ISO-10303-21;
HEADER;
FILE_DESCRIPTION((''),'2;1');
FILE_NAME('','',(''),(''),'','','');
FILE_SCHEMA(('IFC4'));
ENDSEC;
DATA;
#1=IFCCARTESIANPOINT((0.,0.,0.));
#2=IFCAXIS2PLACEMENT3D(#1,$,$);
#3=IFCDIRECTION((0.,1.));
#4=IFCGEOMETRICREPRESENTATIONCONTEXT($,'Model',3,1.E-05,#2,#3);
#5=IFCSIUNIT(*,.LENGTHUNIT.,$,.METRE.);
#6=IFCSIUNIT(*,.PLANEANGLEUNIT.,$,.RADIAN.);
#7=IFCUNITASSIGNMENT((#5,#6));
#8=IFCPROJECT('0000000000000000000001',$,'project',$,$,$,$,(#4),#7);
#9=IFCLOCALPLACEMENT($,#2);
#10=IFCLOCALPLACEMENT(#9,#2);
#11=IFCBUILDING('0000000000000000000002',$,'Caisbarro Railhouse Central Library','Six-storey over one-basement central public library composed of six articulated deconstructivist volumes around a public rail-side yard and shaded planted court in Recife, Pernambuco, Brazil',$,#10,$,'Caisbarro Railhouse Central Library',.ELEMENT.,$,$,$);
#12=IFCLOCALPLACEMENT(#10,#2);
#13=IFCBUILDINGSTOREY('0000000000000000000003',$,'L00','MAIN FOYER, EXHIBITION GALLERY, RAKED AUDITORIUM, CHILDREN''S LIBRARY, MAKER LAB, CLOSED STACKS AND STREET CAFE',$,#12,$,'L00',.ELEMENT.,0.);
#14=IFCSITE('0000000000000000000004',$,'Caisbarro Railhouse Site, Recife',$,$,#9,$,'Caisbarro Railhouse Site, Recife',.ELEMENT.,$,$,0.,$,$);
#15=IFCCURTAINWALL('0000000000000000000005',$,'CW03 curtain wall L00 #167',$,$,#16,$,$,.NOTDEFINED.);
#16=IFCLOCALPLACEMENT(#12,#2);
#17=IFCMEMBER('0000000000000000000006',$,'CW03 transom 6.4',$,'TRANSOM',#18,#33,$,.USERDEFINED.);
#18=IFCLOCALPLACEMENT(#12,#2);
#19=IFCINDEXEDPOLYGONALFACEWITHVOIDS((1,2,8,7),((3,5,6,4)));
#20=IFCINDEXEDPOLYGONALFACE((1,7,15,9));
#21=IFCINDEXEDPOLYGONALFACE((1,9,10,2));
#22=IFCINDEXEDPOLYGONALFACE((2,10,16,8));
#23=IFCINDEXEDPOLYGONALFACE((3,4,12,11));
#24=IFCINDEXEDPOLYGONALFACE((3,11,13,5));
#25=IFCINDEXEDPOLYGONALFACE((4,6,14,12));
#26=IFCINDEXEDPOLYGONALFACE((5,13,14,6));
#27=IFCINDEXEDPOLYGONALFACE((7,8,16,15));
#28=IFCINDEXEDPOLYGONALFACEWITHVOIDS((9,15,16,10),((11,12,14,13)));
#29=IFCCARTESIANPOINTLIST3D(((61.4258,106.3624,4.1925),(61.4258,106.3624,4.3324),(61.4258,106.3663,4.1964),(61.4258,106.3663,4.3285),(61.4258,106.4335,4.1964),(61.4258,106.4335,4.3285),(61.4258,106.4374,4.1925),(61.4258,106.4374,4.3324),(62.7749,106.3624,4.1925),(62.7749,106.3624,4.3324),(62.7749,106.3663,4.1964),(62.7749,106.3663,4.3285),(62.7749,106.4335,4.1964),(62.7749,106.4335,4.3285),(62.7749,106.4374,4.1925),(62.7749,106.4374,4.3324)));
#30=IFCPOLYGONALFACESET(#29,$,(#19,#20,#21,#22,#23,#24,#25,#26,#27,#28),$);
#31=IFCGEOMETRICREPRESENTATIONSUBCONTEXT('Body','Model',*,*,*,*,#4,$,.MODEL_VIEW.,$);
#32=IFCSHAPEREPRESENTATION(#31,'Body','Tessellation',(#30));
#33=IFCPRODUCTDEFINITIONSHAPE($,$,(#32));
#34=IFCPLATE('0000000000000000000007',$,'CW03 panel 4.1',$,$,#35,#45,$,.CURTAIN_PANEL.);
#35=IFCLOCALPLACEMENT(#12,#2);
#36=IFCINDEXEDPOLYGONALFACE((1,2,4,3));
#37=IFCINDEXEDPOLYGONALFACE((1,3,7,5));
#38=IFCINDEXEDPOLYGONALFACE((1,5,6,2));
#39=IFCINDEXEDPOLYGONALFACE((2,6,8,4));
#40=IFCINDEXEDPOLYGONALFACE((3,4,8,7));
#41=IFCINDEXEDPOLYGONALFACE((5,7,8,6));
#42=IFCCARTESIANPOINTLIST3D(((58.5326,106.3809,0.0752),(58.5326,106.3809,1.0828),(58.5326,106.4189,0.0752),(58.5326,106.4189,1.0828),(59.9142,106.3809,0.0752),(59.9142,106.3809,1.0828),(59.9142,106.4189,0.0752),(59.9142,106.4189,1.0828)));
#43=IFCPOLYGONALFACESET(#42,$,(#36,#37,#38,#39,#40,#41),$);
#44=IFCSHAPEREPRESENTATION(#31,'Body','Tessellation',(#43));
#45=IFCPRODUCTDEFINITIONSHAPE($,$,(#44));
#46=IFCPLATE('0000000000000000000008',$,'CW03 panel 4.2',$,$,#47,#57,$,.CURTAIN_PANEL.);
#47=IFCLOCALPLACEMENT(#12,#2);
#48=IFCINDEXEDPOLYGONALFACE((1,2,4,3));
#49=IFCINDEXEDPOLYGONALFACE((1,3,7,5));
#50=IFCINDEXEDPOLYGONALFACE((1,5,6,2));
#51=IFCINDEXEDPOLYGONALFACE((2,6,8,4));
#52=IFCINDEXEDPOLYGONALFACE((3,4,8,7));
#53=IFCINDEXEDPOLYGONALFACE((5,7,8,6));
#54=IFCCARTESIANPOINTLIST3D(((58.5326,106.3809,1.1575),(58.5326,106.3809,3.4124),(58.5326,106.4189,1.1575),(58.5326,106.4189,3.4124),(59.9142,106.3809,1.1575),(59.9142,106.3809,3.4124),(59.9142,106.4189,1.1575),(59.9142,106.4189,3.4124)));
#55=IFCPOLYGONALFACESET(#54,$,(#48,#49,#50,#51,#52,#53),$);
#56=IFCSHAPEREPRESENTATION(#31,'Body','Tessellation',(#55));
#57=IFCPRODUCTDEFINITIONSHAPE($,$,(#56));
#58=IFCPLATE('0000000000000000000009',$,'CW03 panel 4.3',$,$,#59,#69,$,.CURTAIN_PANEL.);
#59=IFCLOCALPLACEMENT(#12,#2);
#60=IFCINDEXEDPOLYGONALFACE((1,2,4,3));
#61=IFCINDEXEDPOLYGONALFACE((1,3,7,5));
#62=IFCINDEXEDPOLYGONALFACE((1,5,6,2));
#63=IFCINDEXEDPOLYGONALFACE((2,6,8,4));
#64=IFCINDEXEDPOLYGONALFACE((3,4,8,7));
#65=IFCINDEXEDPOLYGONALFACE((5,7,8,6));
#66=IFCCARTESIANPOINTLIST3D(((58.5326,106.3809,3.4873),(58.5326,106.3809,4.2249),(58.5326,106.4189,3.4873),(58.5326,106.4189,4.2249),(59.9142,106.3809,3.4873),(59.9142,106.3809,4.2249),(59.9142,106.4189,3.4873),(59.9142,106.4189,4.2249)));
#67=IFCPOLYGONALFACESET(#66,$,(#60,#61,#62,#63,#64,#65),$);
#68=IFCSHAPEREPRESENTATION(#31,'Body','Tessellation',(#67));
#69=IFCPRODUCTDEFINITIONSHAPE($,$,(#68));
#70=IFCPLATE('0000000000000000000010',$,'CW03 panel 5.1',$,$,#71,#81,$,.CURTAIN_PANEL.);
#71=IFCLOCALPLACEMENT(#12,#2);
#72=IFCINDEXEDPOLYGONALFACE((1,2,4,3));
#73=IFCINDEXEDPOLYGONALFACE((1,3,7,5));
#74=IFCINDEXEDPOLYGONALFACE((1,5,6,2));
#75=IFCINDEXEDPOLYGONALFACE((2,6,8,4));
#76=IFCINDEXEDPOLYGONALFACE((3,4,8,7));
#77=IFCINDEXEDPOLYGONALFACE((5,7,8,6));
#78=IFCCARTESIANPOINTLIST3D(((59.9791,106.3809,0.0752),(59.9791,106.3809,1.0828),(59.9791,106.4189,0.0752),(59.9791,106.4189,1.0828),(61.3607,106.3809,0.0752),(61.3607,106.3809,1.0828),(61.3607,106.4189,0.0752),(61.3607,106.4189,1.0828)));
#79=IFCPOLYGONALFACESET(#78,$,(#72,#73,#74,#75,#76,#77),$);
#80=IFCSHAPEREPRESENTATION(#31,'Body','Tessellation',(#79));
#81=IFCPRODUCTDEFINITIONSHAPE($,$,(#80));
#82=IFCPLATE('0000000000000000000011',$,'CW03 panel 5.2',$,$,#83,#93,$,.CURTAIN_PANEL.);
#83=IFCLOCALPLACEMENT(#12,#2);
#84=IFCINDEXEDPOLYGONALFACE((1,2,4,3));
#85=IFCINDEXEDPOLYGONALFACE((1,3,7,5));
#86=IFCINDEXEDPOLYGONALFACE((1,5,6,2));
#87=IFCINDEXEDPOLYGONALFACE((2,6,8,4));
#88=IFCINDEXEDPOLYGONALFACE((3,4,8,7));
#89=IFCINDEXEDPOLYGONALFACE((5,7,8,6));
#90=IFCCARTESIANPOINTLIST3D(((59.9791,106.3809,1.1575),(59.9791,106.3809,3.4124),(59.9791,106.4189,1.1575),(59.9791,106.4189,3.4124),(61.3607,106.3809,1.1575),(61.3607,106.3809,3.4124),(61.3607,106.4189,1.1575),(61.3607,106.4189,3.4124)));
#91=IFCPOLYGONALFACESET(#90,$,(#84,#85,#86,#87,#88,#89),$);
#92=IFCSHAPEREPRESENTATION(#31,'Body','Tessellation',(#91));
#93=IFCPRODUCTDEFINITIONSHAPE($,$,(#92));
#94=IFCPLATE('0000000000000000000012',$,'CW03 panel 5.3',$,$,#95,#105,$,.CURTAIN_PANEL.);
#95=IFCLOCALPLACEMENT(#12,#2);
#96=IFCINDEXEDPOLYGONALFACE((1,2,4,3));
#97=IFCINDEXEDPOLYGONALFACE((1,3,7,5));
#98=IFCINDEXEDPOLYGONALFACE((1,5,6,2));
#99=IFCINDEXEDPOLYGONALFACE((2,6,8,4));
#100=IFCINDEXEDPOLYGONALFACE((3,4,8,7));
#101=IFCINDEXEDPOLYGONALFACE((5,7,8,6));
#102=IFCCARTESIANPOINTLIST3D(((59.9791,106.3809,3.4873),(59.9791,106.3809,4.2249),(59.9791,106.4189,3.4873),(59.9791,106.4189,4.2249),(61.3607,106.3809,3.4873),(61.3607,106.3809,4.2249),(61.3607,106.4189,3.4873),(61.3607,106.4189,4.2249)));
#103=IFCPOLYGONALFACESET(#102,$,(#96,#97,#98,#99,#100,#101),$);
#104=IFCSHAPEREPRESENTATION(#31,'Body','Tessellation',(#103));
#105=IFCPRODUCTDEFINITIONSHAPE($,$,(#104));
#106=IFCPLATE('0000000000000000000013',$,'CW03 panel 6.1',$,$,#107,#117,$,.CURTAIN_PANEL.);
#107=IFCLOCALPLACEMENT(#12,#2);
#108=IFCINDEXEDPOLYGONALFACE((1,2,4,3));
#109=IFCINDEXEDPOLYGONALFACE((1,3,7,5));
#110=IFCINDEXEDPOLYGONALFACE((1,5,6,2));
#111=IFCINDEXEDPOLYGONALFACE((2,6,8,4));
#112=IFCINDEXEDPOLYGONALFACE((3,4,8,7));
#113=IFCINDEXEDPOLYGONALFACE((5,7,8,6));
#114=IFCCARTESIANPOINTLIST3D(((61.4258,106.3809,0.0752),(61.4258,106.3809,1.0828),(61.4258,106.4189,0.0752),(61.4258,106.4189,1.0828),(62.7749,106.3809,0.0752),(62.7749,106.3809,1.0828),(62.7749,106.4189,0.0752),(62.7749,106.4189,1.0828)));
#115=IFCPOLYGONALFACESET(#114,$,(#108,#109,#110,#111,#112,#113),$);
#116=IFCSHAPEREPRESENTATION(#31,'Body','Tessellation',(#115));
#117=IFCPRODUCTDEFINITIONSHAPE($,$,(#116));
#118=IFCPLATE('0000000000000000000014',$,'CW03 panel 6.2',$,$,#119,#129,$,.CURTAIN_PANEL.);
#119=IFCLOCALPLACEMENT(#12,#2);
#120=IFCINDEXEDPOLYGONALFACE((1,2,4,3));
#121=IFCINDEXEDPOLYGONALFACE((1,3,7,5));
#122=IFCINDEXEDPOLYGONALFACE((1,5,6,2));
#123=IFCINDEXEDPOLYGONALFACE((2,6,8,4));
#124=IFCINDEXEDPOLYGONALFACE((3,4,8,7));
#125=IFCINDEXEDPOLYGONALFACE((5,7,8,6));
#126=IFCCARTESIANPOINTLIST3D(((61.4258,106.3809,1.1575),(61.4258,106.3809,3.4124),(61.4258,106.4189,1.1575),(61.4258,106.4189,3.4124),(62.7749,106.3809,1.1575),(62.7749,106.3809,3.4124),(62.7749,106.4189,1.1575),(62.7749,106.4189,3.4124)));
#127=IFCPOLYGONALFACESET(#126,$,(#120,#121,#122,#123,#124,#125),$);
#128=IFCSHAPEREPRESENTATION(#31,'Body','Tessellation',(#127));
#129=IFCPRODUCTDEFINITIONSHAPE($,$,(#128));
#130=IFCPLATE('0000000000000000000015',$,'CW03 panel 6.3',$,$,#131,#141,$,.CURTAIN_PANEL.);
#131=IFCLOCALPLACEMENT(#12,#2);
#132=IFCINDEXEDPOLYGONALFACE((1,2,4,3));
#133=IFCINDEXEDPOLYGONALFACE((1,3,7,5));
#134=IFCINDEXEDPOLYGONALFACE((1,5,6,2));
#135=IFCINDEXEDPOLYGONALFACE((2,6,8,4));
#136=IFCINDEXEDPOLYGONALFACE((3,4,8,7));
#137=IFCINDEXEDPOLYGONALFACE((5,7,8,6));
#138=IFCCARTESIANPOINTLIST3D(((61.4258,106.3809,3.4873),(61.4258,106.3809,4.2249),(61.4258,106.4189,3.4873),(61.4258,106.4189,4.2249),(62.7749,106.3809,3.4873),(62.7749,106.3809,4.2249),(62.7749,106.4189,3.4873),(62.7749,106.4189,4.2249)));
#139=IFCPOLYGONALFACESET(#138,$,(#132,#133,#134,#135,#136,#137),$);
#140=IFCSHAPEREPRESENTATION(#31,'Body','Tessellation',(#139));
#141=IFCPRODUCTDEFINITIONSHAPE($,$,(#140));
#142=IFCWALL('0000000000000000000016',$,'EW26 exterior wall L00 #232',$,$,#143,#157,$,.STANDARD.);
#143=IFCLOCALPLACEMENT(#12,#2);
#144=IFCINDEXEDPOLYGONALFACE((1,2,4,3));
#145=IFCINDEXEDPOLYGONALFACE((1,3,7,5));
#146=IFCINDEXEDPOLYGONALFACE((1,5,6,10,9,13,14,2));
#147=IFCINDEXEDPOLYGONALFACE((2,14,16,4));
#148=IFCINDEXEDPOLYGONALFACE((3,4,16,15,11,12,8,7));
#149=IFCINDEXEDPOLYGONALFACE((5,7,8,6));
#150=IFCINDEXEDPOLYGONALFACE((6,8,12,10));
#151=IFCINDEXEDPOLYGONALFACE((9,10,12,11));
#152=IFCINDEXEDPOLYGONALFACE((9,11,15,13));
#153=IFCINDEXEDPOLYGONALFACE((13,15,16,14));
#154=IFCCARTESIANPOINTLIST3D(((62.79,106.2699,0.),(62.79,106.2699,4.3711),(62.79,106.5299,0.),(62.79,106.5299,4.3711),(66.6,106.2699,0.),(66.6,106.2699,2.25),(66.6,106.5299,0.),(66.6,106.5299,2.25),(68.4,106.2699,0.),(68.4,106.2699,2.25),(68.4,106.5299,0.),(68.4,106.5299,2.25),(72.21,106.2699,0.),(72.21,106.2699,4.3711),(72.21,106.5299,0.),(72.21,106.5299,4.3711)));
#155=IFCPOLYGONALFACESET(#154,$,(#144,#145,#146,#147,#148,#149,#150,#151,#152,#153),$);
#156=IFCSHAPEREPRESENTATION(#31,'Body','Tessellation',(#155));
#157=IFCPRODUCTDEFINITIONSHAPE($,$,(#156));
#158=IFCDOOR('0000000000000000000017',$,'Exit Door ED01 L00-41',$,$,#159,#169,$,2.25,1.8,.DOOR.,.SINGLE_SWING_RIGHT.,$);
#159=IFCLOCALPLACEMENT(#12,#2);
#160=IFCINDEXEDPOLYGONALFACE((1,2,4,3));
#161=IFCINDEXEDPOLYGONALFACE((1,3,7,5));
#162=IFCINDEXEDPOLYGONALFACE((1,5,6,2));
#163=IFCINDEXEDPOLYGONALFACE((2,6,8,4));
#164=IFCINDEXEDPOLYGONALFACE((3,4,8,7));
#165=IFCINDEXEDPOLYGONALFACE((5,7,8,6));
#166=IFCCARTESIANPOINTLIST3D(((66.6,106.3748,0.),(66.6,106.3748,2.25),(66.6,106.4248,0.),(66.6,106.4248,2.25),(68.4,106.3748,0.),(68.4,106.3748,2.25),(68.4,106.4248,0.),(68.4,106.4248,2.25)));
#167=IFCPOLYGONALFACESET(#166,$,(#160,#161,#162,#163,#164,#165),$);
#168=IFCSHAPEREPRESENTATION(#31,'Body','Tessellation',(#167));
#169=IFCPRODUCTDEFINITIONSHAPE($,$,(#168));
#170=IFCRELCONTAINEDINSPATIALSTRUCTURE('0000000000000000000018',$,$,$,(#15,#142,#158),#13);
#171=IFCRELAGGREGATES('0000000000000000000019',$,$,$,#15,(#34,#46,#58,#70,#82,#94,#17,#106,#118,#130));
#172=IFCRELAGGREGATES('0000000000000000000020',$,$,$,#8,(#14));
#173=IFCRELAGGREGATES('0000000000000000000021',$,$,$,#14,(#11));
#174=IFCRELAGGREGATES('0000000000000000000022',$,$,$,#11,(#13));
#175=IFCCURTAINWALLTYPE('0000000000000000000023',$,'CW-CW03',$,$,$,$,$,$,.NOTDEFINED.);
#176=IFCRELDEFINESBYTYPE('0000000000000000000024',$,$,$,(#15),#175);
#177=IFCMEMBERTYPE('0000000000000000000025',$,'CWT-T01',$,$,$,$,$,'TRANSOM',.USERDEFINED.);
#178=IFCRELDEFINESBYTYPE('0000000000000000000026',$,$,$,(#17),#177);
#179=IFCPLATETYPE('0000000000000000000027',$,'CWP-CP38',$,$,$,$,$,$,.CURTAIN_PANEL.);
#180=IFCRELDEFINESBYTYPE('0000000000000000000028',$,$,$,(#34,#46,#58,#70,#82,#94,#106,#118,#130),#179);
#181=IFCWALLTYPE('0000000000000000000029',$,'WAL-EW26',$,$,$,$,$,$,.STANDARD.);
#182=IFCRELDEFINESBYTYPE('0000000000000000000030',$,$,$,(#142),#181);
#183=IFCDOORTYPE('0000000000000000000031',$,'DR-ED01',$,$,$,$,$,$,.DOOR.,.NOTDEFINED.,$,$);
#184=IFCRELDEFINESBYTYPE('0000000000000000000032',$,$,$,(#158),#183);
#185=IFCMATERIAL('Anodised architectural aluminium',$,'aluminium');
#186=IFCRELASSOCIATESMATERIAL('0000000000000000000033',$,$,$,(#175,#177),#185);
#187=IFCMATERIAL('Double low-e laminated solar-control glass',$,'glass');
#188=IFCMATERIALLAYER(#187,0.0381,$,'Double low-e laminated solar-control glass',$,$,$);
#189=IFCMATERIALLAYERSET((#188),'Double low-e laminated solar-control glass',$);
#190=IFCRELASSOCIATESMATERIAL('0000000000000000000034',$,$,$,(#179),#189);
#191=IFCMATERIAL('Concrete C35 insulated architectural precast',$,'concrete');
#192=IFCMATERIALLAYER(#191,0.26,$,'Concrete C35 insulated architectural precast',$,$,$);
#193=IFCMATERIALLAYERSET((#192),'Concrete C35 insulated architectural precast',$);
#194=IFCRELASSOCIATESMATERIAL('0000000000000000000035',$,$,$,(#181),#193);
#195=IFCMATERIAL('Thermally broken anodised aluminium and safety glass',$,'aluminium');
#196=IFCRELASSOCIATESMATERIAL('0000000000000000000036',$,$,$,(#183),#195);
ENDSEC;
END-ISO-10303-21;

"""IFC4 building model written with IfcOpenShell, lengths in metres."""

from ifc_helpers import new_model, si_unit, direction, frame, frame_2d, origin, origin_2d, place, context, subcontext, project, spatial, rectangle, hollow_rectangle, extrude, material, layer, layer_set, material_profile, profile_set, type_object, element, fill, aggregate, save


model = new_model("IFC4")

# Units and contexts
model_context = context("Model", 3, precision=1e-05, world=origin(), true_north=direction((0.0, 1.0)))
body_context = subcontext(model_context, "Body", "Model", "MODEL_VIEW")
ifc_project = project(units=[si_unit("LENGTHUNIT", "METRE"), si_unit("PLANEANGLEUNIT", "RADIAN")], contexts=[model_context])

# Site, building, storey
site_placement = place(None, origin())
site = spatial("IfcSite", under=ifc_project, at=site_placement, Name="Caisbarro Railhouse Site, Recife", LongName="Caisbarro Railhouse Site, Recife", CompositionType="ELEMENT", RefElevation=0.0)
building_placement = place(site_placement, origin())
building = spatial("IfcBuilding", under=site, at=building_placement, Name="Caisbarro Railhouse Central Library", Description="Six-storey over one-basement central public library composed of six articulated deconstructivist volumes around a public rail-side yard and shaded planted court in Recife, Pernambuco, Brazil", LongName="Caisbarro Railhouse Central Library", CompositionType="ELEMENT")
storey_placement = place(building_placement, origin())
storey = spatial("IfcBuildingStorey", under=building, at=storey_placement, Name="L00", Description="MAIN FOYER, EXHIBITION GALLERY, RAKED AUDITORIUM, CHILDREN'S LIBRARY, MAKER LAB, CLOSED STACKS AND STREET CAFE", LongName="L00", CompositionType="ELEMENT", Elevation=0.0)

# Curtain wall, member, plates
ifc_material_1 = material(Name="Anodised architectural aluminium", Category="aluminium")
curtain_wall_type = type_object("IfcCurtainWallType", Name="CW-CW03", PredefinedType="NOTDEFINED", material=ifc_material_1)
curtain_wall_placement = place(storey_placement, origin())
curtain_wall = element("IfcCurtainWall", 1, at=curtain_wall_placement, inside=storey, type_object=curtain_wall_type, Name="CW03 curtain wall L00 #167", PredefinedType="NOTDEFINED")
ifc_material_profile_1 = material_profile(ifc_material_1, hollow_rectangle(XDim=0.075, YDim=0.1399, WallThickness=0.0039, at=origin_2d()), Name="ALU-TRN-75X140")
ifc_profile_set_1 = profile_set([ifc_material_profile_1], Name="Anodised architectural aluminium")
member_type_1 = type_object("IfcMemberType", Name="CWT-T01", ElementType="TRANSOM", PredefinedType="USERDEFINED", material=ifc_profile_set_1)
member_1_placement = place(storey_placement, frame((61.4258, 106.3999, 4.2625), z_axis=(1.0, 0.0, 0.0), x_axis=(0.0, 1.0, 0.0)))
member_1 = element("IfcMember", 2, at=member_1_placement, type_object=member_type_1, Name="CW03 transom 6.4", ObjectType="TRANSOM", PredefinedType="USERDEFINED", context=body_context, shape_type="SweptSolid", body=[
    extrude(hollow_rectangle(XDim=0.075, YDim=0.1399, WallThickness=0.0039, at=origin_2d()), origin(), (0.0, 0.0, 1.0), 1.3491),
])
ifc_material_2 = material(Name="Double low-e laminated solar-control glass", Category="glass")
ifc_layer_1 = layer(ifc_material_2, 0.0381, Name="Double low-e laminated solar-control glass")
ifc_layer_set_1 = layer_set([ifc_layer_1], Name="Double low-e laminated solar-control glass")
plate_type = type_object("IfcPlateType", Name="CWP-CP38", PredefinedType="CURTAIN_PANEL", material=ifc_layer_set_1)
plate_1_placement = place(storey_placement, frame((59.2234, 106.3999, 0.0752), z_axis=(0.0, 0.0, 1.0), x_axis=(1.0, 0.0, 0.0)))
plate_1 = element("IfcPlate", 3, at=plate_1_placement, type_object=plate_type, Name="CW03 panel 4.1", PredefinedType="CURTAIN_PANEL", context=body_context, shape_type="SweptSolid", body=[
    extrude(rectangle(XDim=1.3816, YDim=0.0381, at=origin_2d()), origin(), (0.0, 0.0, 1.0), 1.0076),
])
plate_2_placement = place(storey_placement, frame((59.2234, 106.3999, 1.1575), z_axis=(0.0, 0.0, 1.0), x_axis=(1.0, 0.0, 0.0)))
plate_2 = element("IfcPlate", 4, at=plate_2_placement, type_object=plate_type, Name="CW03 panel 4.2", PredefinedType="CURTAIN_PANEL", context=body_context, shape_type="SweptSolid", body=[
    extrude(rectangle(XDim=1.3816, YDim=0.0381, at=origin_2d()), origin(), (0.0, 0.0, 1.0), 2.2549),
])
plate_3_placement = place(storey_placement, frame((59.2234, 106.3999, 3.4873), z_axis=(0.0, 0.0, 1.0), x_axis=(1.0, 0.0, 0.0)))
plate_3 = element("IfcPlate", 5, at=plate_3_placement, type_object=plate_type, Name="CW03 panel 4.3", PredefinedType="CURTAIN_PANEL", context=body_context, shape_type="SweptSolid", body=[
    extrude(rectangle(XDim=1.3816, YDim=0.0381, at=origin_2d()), origin(), (0.0, 0.0, 1.0), 0.7375),
])
plate_4_placement = place(storey_placement, frame((60.6699, 106.3999, 0.0752), z_axis=(0.0, 0.0, 1.0), x_axis=(1.0, 0.0, 0.0)))
plate_4 = element("IfcPlate", 6, at=plate_4_placement, type_object=plate_type, Name="CW03 panel 5.1", PredefinedType="CURTAIN_PANEL", context=body_context, shape_type="SweptSolid", body=[
    extrude(rectangle(XDim=1.3816, YDim=0.0381, at=origin_2d()), origin(), (0.0, 0.0, 1.0), 1.0076),
])
plate_5_placement = place(storey_placement, frame((60.6699, 106.3999, 1.1575), z_axis=(0.0, 0.0, 1.0), x_axis=(1.0, 0.0, 0.0)))
plate_5 = element("IfcPlate", 7, at=plate_5_placement, type_object=plate_type, Name="CW03 panel 5.2", PredefinedType="CURTAIN_PANEL", context=body_context, shape_type="SweptSolid", body=[
    extrude(rectangle(XDim=1.3816, YDim=0.0381, at=origin_2d()), origin(), (0.0, 0.0, 1.0), 2.2549),
])
plate_6_placement = place(storey_placement, frame((60.6699, 106.3999, 3.4873), z_axis=(0.0, 0.0, 1.0), x_axis=(1.0, 0.0, 0.0)))
plate_6 = element("IfcPlate", 8, at=plate_6_placement, type_object=plate_type, Name="CW03 panel 5.3", PredefinedType="CURTAIN_PANEL", context=body_context, shape_type="SweptSolid", body=[
    extrude(rectangle(XDim=1.3816, YDim=0.0381, at=origin_2d()), origin(), (0.0, 0.0, 1.0), 0.7375),
])
plate_7_placement = place(storey_placement, frame((62.1003, 106.3999, 0.0752), z_axis=(0.0, 0.0, 1.0), x_axis=(1.0, 0.0, 0.0)))
plate_7 = element("IfcPlate", 9, at=plate_7_placement, type_object=plate_type, Name="CW03 panel 6.1", PredefinedType="CURTAIN_PANEL", context=body_context, shape_type="SweptSolid", body=[
    extrude(rectangle(XDim=1.3491, YDim=0.0381, at=origin_2d()), origin(), (0.0, 0.0, 1.0), 1.0076),
])
plate_8_placement = place(storey_placement, frame((62.1003, 106.3999, 1.1575), z_axis=(0.0, 0.0, 1.0), x_axis=(1.0, 0.0, 0.0)))
plate_8 = element("IfcPlate", 10, at=plate_8_placement, type_object=plate_type, Name="CW03 panel 6.2", PredefinedType="CURTAIN_PANEL", context=body_context, shape_type="SweptSolid", body=[
    extrude(rectangle(XDim=1.3491, YDim=0.0381, at=origin_2d()), origin(), (0.0, 0.0, 1.0), 2.2549),
])
plate_9_placement = place(storey_placement, frame((62.1003, 106.3999, 3.4873), z_axis=(0.0, 0.0, 1.0), x_axis=(1.0, 0.0, 0.0)))
plate_9 = element("IfcPlate", 11, at=plate_9_placement, type_object=plate_type, Name="CW03 panel 6.3", PredefinedType="CURTAIN_PANEL", context=body_context, shape_type="SweptSolid", body=[
    extrude(rectangle(XDim=1.3491, YDim=0.0381, at=origin_2d()), origin(), (0.0, 0.0, 1.0), 0.7375),
])
aggregate(curtain_wall, [plate_1, plate_2, plate_3, plate_4, plate_5, plate_6, member_1, plate_7, plate_8, plate_9])

# Wall, opening, door
ifc_material_3 = material(Name="Concrete C35 insulated architectural precast", Category="concrete")
ifc_layer_2 = layer(ifc_material_3, 0.26, Name="Concrete C35 insulated architectural precast")
ifc_layer_set_2 = layer_set([ifc_layer_2], Name="Concrete C35 insulated architectural precast")
wall_type = type_object("IfcWallType", Name="WAL-EW26", PredefinedType="STANDARD", material=ifc_layer_set_2)
wall_placement = place(storey_placement, frame((62.79, 106.3999, 0.0), z_axis=(0.0, 0.0, 1.0), x_axis=(1.0, 0.0, 0.0)))
wall = element("IfcWall", 12, at=wall_placement, inside=storey, type_object=wall_type, Name="EW26 exterior wall L00 #232", PredefinedType="STANDARD", context=body_context, shape_type="SweptSolid", body=[
    extrude(rectangle(XDim=9.4199, YDim=0.26, at=frame_2d((4.71, 0.0))), origin(), (0.0, 0.0, 1.0), 4.3711),
])
opening_placement = place(wall_placement, frame((3.8101, 0.0, 0.0)))
opening = element("IfcOpeningElement", 13, at=opening_placement, cuts=wall, PredefinedType="OPENING", context=body_context, shape_type="SweptSolid", body=[
    extrude(rectangle(XDim=1.8, YDim=2.25, at=frame_2d((0.8999, 1.125))), frame((0.0, 0.1401, 0.0), z_axis=(0.0, -1.0, 0.0), x_axis=(1.0, 0.0, 0.0)), (0.0, 0.0, 1.0), 0.28),
])
ifc_material_4 = material(Name="Thermally broken anodised aluminium and safety glass", Category="aluminium")
door_type = type_object("IfcDoorType", Name="DR-ED01", OperationType="NOTDEFINED", PredefinedType="DOOR", material=ifc_material_4)
door_placement = place(opening_placement, origin())
door = element("IfcDoor", 14, at=door_placement, inside=storey, type_object=door_type, Name="Exit Door ED01 L00-41", OperationType="SINGLE_SWING_RIGHT", OverallHeight=2.25, OverallWidth=1.8, PredefinedType="DOOR", context=body_context, shape_type="SweptSolid", body=[
    extrude(rectangle(XDim=1.8, YDim=2.25, at=frame_2d((0.8999, 1.125))), frame((0.0, 0.0249, 0.0), z_axis=(0.0, -1.0, 0.0), x_axis=(1.0, 0.0, 0.0)), (0.0, 0.0, 1.0), 0.05),
])
fill(opening, door)

save(model, "model.ifc")
